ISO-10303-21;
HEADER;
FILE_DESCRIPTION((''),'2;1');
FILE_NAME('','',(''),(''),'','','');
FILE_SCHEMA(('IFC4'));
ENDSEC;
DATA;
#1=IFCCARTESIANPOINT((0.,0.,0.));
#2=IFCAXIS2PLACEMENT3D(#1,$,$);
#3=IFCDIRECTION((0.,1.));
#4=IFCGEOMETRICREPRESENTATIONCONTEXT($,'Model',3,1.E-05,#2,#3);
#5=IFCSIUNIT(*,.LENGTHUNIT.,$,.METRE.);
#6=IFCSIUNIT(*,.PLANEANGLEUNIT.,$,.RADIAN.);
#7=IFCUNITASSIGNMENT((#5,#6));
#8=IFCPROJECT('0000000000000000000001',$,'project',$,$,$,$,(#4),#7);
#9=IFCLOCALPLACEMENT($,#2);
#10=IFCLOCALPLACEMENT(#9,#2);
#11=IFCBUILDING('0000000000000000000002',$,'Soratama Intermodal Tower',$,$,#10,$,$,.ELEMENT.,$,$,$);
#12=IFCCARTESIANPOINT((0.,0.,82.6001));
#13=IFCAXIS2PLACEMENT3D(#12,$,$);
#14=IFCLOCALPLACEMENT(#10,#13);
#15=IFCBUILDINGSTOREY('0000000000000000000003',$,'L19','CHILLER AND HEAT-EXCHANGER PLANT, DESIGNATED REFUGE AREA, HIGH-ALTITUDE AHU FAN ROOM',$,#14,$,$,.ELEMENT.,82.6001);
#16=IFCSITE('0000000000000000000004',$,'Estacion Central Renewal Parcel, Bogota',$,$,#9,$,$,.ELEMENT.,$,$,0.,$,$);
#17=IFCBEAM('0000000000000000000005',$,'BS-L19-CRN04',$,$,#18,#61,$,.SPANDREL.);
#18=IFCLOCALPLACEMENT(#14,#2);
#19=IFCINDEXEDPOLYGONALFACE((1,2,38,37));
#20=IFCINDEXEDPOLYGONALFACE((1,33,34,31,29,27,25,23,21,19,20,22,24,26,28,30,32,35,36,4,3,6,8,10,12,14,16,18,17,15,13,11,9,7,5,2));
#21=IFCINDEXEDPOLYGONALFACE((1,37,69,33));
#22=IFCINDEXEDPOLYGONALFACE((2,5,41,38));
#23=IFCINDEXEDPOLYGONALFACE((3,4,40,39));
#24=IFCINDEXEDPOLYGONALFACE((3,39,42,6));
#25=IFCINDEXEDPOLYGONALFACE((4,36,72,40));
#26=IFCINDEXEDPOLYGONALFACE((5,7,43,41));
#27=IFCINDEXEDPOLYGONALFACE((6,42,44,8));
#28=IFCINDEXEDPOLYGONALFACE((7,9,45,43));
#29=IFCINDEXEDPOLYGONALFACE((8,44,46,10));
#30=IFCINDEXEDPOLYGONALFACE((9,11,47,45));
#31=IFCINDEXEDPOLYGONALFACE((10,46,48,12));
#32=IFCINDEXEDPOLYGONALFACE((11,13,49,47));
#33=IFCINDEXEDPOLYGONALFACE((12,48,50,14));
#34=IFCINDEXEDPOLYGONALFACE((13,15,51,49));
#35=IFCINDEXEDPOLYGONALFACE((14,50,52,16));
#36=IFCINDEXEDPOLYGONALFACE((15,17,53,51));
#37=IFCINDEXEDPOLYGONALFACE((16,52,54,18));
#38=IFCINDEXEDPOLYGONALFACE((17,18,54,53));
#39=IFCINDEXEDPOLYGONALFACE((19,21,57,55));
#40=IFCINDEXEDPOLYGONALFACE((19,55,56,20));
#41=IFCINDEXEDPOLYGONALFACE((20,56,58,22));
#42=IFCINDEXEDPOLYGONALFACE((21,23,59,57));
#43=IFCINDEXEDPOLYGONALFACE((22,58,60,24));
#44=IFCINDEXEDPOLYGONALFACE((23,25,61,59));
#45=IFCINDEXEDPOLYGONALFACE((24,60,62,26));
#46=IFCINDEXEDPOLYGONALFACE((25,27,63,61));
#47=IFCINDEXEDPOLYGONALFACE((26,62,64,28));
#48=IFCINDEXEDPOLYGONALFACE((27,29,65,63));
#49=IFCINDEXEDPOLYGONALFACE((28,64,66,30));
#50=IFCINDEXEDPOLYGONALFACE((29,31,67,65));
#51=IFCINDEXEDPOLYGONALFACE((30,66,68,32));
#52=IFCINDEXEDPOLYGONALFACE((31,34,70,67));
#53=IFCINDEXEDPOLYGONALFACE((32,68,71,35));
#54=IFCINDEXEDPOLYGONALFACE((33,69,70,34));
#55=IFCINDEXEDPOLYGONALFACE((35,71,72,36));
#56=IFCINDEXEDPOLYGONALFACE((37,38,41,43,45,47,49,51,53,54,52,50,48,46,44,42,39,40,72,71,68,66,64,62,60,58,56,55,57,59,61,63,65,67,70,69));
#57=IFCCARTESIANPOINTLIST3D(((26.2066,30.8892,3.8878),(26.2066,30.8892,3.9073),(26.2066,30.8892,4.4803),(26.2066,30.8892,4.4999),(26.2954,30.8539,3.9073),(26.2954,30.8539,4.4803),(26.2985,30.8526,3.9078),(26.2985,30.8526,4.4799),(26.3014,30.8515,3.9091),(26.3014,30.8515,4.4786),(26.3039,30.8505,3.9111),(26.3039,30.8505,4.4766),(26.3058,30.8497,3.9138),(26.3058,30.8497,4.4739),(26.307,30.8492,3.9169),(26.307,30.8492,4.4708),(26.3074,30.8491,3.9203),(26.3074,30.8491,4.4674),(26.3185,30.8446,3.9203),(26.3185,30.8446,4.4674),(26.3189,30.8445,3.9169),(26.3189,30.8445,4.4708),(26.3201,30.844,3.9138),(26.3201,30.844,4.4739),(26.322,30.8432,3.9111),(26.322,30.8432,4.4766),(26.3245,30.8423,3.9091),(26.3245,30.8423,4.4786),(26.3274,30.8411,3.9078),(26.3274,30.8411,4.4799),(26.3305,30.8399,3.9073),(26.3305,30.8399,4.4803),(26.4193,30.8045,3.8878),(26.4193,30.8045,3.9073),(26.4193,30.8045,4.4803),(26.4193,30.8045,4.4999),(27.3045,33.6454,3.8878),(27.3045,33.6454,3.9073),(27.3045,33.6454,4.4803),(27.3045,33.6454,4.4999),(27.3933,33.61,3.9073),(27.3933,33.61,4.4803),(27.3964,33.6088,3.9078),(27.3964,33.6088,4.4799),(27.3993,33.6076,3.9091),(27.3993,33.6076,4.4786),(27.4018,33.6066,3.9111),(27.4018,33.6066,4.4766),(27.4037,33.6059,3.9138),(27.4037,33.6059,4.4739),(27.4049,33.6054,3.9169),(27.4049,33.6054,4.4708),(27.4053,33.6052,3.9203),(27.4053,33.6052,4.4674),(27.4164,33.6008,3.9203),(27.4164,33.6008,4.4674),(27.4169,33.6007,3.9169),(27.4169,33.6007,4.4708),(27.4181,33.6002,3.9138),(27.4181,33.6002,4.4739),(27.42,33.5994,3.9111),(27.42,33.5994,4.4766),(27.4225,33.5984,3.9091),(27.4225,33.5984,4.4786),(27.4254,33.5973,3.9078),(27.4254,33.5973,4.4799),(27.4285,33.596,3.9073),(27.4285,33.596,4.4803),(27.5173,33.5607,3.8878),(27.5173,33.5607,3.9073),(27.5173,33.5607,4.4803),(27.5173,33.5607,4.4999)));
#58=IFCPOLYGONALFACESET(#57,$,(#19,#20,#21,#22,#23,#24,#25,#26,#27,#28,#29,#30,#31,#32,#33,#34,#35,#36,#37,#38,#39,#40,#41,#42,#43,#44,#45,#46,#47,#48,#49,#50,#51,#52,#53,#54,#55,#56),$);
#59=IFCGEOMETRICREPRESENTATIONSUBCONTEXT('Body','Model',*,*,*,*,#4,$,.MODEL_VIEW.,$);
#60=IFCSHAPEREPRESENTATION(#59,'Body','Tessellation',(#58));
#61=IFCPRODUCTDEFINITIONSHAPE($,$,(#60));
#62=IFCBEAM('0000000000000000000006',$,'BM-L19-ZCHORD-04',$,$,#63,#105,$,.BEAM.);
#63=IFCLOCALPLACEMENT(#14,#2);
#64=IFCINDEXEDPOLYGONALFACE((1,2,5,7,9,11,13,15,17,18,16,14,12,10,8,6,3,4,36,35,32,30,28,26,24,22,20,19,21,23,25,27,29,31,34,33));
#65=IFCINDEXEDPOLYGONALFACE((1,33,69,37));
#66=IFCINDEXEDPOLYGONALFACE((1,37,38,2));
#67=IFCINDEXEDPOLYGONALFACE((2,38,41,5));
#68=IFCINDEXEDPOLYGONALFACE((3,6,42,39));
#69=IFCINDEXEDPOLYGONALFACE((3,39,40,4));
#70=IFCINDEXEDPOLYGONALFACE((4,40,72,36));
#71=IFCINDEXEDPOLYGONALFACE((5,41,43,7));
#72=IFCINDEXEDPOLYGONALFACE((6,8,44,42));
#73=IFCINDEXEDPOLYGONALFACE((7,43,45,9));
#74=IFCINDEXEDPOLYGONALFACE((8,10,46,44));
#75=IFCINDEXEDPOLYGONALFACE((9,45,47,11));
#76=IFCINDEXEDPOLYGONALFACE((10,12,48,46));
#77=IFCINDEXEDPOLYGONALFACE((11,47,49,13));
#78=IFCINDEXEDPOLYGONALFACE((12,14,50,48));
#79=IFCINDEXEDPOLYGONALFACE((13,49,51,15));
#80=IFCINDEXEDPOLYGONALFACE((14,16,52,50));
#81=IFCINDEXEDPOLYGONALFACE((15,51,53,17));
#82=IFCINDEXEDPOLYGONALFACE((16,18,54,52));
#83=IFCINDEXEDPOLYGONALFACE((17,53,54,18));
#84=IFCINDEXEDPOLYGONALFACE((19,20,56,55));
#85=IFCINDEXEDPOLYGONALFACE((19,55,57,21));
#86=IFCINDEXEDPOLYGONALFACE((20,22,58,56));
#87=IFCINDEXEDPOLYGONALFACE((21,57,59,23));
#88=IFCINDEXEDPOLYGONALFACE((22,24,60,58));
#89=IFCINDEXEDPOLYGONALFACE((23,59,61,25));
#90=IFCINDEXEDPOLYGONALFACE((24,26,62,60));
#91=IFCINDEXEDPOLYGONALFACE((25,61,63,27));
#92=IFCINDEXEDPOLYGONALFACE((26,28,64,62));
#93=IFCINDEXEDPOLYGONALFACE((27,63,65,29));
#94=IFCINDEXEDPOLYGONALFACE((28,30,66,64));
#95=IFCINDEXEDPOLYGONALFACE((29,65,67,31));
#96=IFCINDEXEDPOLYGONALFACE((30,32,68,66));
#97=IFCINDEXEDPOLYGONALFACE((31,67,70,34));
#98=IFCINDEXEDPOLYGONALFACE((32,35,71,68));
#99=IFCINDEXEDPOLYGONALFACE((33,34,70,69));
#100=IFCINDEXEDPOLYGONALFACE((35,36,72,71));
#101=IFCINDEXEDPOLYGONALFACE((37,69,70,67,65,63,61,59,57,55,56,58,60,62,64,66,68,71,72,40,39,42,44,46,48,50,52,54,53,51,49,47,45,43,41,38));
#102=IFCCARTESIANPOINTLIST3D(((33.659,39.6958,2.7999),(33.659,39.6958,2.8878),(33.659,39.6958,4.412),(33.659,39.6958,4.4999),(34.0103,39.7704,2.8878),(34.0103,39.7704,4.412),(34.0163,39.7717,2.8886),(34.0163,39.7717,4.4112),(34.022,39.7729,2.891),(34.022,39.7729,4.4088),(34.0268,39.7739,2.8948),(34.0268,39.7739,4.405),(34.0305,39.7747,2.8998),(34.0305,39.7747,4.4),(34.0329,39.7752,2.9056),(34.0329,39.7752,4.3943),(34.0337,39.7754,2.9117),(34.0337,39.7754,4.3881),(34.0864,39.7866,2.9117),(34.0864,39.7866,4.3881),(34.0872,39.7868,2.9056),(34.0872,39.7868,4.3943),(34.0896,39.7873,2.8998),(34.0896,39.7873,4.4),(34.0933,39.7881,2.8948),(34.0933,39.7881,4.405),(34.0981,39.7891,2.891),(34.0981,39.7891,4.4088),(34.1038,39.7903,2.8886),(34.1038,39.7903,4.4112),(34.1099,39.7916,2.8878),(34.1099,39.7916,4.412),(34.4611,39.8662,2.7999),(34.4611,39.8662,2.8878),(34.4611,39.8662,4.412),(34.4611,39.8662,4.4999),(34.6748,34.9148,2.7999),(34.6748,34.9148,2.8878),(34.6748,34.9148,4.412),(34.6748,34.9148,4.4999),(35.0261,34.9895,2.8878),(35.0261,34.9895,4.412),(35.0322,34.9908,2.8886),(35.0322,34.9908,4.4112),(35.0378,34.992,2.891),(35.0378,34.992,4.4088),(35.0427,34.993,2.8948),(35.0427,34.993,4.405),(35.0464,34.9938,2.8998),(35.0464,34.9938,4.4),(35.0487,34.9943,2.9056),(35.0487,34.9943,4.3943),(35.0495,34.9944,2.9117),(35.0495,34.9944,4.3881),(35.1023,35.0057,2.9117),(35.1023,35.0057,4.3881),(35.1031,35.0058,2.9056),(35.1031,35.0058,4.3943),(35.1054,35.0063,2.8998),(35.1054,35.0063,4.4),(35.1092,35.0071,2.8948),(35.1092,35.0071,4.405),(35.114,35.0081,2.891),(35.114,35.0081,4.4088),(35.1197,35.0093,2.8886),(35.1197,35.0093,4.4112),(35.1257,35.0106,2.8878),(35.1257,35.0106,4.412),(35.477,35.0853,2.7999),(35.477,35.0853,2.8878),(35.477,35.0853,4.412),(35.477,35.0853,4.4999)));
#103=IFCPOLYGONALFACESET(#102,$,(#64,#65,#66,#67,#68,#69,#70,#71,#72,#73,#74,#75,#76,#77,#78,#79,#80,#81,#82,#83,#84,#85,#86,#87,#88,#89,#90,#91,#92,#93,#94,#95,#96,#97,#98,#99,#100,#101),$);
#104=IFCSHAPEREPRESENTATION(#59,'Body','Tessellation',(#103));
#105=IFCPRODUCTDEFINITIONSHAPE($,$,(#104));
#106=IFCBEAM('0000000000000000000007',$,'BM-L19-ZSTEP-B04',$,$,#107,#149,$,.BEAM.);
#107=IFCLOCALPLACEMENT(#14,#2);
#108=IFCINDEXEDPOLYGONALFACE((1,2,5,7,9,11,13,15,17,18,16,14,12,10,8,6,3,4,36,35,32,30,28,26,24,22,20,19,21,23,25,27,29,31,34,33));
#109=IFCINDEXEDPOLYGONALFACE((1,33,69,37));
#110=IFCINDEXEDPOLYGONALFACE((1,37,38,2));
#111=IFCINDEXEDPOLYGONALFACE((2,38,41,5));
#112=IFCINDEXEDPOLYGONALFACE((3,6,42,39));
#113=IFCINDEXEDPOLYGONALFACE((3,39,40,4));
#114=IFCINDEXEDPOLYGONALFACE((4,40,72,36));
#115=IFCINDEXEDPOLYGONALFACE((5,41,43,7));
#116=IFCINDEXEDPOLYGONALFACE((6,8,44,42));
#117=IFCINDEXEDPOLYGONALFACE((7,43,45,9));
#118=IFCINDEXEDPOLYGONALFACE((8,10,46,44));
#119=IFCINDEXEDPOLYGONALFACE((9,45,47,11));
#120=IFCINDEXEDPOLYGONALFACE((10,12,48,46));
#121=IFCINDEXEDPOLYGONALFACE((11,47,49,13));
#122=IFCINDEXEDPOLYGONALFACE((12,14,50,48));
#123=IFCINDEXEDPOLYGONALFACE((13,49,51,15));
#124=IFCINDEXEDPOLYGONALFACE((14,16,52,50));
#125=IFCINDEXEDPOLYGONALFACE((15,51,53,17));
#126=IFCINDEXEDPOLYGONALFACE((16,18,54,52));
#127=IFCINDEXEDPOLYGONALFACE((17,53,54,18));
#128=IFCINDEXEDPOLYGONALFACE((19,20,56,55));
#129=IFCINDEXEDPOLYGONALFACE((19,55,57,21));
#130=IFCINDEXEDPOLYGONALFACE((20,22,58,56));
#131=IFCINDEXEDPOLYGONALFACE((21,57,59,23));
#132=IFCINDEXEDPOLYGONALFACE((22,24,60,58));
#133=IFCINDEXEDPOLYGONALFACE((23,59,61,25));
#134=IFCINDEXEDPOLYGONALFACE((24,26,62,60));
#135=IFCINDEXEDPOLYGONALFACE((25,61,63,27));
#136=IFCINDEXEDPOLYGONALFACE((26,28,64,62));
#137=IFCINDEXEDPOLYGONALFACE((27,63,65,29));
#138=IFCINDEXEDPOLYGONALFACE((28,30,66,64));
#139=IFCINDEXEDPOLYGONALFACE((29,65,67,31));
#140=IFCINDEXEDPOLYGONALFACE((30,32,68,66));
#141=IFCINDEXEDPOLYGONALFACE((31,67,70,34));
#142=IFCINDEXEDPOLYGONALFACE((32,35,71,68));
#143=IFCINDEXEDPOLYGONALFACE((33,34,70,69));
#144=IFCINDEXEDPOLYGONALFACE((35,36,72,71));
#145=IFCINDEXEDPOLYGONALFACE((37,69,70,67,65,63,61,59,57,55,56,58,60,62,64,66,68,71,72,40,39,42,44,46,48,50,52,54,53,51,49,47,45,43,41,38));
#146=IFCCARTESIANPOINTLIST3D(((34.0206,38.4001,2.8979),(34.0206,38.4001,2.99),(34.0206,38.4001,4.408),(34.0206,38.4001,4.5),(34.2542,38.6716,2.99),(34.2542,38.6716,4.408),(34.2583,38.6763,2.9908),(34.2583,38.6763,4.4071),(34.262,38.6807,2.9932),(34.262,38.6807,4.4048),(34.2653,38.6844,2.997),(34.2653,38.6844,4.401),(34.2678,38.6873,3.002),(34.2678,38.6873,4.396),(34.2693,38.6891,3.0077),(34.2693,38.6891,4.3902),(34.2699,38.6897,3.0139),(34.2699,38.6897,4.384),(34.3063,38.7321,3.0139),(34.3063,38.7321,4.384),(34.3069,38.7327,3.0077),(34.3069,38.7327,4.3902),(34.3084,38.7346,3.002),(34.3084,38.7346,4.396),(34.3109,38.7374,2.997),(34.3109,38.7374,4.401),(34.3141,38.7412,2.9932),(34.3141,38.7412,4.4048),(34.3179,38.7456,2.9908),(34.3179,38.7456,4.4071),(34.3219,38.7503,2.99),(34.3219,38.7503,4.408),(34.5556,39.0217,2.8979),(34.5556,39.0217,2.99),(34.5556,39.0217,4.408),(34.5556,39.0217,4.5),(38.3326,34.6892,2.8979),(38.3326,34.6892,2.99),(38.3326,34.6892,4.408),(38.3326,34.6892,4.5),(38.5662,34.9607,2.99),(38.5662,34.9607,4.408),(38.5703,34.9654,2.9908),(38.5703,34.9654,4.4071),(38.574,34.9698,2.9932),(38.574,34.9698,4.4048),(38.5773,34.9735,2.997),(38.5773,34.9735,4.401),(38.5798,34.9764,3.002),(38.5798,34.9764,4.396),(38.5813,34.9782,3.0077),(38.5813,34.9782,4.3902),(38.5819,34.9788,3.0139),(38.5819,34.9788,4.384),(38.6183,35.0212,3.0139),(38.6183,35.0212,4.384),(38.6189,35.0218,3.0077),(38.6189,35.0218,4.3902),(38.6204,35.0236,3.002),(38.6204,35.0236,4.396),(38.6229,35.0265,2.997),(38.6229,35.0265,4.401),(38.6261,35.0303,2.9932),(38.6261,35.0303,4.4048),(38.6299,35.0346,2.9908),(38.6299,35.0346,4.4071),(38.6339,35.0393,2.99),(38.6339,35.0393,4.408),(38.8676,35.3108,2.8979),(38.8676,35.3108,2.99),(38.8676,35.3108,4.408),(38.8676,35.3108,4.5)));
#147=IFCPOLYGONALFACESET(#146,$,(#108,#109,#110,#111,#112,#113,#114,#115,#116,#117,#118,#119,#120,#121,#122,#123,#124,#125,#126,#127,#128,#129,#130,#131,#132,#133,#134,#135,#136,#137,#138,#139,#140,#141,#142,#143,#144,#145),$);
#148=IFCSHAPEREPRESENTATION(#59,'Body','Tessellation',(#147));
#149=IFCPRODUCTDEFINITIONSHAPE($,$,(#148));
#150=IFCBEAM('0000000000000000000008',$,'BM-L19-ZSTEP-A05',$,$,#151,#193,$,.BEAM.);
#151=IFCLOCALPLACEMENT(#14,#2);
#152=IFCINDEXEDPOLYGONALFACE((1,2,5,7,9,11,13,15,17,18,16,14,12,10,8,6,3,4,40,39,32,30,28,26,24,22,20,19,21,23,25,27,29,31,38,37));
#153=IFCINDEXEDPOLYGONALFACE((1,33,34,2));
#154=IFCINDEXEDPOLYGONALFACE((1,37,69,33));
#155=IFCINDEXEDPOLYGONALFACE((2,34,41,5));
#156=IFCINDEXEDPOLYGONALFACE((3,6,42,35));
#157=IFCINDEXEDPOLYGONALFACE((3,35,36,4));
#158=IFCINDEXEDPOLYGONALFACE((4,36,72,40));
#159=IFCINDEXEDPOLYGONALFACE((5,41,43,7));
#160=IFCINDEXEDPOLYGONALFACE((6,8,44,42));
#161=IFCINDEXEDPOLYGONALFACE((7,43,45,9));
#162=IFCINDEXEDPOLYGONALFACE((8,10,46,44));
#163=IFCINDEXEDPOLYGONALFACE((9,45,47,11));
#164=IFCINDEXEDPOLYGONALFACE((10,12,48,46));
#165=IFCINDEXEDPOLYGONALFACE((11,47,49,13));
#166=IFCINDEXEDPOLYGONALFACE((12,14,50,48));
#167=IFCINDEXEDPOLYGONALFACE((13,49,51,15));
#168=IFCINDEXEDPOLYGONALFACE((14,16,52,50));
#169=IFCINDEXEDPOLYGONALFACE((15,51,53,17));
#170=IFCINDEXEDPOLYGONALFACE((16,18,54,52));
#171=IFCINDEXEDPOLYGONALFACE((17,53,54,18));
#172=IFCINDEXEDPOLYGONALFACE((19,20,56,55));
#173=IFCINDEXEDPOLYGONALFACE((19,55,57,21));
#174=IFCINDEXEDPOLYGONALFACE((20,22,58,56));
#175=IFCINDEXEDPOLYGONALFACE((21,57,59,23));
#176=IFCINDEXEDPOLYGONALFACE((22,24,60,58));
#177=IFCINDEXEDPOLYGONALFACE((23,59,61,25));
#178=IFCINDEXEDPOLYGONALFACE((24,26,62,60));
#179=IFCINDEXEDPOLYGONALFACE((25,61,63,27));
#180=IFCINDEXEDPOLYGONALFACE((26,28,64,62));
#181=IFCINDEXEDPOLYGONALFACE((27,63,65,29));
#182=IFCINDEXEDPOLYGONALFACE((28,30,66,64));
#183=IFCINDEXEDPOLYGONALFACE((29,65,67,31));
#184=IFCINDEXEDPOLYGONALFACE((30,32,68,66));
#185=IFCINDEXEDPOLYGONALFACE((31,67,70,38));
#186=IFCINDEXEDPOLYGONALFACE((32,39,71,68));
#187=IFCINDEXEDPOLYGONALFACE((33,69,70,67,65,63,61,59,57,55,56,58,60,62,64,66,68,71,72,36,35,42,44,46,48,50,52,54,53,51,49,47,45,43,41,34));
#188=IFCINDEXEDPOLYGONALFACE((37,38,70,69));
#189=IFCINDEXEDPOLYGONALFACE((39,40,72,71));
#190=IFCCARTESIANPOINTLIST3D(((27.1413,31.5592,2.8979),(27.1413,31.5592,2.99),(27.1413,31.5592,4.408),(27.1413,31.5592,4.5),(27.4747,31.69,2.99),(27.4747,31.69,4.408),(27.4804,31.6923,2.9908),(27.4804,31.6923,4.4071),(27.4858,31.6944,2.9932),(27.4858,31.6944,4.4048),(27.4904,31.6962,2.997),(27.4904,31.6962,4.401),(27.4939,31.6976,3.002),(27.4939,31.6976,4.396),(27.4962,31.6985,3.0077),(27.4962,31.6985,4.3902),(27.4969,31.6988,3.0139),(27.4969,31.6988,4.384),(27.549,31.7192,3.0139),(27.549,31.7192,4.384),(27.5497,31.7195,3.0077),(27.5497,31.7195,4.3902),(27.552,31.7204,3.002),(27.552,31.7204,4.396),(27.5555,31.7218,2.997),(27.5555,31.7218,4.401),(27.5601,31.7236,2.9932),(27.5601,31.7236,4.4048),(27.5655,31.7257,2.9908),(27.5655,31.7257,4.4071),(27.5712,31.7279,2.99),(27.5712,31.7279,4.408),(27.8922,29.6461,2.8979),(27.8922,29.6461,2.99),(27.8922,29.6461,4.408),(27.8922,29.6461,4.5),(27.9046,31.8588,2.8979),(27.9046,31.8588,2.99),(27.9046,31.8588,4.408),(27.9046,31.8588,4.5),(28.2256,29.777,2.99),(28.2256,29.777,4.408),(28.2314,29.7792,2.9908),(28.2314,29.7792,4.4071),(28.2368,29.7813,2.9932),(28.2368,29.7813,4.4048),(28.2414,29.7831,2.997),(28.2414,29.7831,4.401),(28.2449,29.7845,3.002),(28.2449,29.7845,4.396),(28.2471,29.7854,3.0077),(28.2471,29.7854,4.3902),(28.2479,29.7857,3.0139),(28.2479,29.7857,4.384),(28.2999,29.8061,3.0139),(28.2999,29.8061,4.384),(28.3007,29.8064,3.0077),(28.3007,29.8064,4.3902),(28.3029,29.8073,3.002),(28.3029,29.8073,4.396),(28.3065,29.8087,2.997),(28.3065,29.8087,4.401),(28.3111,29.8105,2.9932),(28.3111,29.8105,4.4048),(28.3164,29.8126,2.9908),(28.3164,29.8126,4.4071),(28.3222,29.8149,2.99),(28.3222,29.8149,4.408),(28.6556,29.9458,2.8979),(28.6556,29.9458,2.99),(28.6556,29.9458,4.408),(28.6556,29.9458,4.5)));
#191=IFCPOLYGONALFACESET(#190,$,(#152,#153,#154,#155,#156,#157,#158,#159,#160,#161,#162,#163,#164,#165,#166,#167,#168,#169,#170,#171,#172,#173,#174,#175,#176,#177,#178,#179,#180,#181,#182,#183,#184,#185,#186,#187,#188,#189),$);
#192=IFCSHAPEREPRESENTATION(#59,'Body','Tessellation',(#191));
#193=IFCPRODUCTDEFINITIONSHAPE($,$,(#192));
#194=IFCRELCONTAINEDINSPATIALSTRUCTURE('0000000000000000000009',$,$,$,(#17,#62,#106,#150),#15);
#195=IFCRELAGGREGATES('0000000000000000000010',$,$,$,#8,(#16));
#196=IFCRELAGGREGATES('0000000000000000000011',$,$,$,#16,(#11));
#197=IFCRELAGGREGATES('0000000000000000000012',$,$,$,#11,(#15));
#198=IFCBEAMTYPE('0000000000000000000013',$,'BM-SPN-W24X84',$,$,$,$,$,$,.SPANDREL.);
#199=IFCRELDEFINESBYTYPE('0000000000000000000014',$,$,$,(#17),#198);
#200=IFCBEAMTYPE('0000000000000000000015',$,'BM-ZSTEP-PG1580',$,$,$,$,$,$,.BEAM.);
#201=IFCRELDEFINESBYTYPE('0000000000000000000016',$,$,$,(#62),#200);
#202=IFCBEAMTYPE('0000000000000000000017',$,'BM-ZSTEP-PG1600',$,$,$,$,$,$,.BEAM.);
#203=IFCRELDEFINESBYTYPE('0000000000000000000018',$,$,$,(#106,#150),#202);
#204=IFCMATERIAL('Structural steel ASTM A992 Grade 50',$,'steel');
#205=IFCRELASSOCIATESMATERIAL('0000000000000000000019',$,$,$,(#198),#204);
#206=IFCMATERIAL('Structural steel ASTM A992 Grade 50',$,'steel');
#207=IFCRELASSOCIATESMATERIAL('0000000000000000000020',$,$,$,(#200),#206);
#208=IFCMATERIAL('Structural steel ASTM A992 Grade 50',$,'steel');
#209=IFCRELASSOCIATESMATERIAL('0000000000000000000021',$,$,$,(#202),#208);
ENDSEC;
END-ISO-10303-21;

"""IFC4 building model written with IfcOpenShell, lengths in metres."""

from ifc_helpers import new_model, si_unit, direction, frame, origin, origin_2d, place, context, subcontext, project, spatial, i_section, extrude, material, material_profile, profile_set, type_object, element, save


model = new_model("IFC4")

# Units and contexts
model_context = context("Model", 3, precision=1e-05, world=origin(), true_north=direction((0.0, 1.0)))
body_context = subcontext(model_context, "Body", "Model", "MODEL_VIEW")
ifc_project = project(units=[si_unit("LENGTHUNIT", "METRE"), si_unit("PLANEANGLEUNIT", "RADIAN")], contexts=[model_context])

# Site, building, storey
site_placement = place(None, origin())
site = spatial("IfcSite", under=ifc_project, at=site_placement, Name="Estacion Central Renewal Parcel, Bogota", CompositionType="ELEMENT", RefElevation=0.0)
building_placement = place(site_placement, origin())
building = spatial("IfcBuilding", under=site, at=building_placement, Name="Soratama Intermodal Tower", CompositionType="ELEMENT")
storey_placement = place(building_placement, frame((0.0, 0.0, 82.6001)))
storey = spatial("IfcBuildingStorey", under=building, at=storey_placement, Name="L19", Description="CHILLER AND HEAT-EXCHANGER PLANT, DESIGNATED REFUGE AREA, HIGH-ALTITUDE AHU FAN ROOM", CompositionType="ELEMENT", Elevation=82.6001)

# Beams
ifc_material_1 = material(Name="Structural steel ASTM A992 Grade 50", Category="steel")
ifc_material_profile_1 = material_profile(ifc_material_1, i_section(OverallWidth=0.229, OverallDepth=0.6121, WebThickness=0.012, FlangeThickness=0.0195, FilletRadius=0.0129, at=origin_2d()), Name="W24X84")
ifc_profile_set_1 = profile_set([ifc_material_profile_1], Name="Structural steel ASTM A992 Grade 50")
beam_type_1 = type_object("IfcBeamType", Name="BM-SPN-W24X84", PredefinedType="SPANDREL", material=ifc_profile_set_1)
beam_1_placement = place(storey_placement, frame((27.4109, 33.603, 4.1938), z_axis=(-0.370071, -0.929004, 0.0), x_axis=(0.929004, -0.370071, 0.0)))
element("IfcBeam", 1, at=beam_1_placement, inside=storey, type_object=beam_type_1, Name="BS-L19-CRN04", PredefinedType="SPANDREL", context=body_context, shape_type="SweptSolid", body=[
    extrude(i_section(OverallWidth=0.229, OverallDepth=0.6121, WebThickness=0.012, FlangeThickness=0.0195, FilletRadius=0.0129, at=origin_2d()), origin(), (0.0, 0.0, 1.0), 2.9668),
])
ifc_material_2 = material(Name="Structural steel ASTM A992 Grade 50", Category="steel")
ifc_material_profile_2 = material_profile(ifc_material_2, i_section(OverallWidth=0.8201, OverallDepth=1.7, WebThickness=0.054, FlangeThickness=0.0879, FilletRadius=0.0239, at=origin_2d()), Name="PG1580X800")
ifc_profile_set_2 = profile_set([ifc_material_profile_2], Name="Structural steel ASTM A992 Grade 50")
beam_type_2 = type_object("IfcBeamType", Name="BM-ZSTEP-PG1580", PredefinedType="BEAM", material=ifc_profile_set_2)
beam_2_placement = place(storey_placement, frame((34.0601, 39.781, 3.6499), z_axis=(0.20784, -0.978163, 0.0), x_axis=(0.978163, 0.20784, 0.0)))
element("IfcBeam", 2, at=beam_2_placement, inside=storey, type_object=beam_type_2, Name="BM-L19-ZCHORD-04", PredefinedType="BEAM", context=body_context, shape_type="SweptSolid", body=[
    extrude(i_section(OverallWidth=0.8201, OverallDepth=1.7, WebThickness=0.054, FlangeThickness=0.0879, FilletRadius=0.0239, at=origin_2d()), origin(), (0.0, 0.0, 1.0), 4.8877),
])
ifc_material_3 = material(Name="Structural steel ASTM A992 Grade 50", Category="steel")
ifc_material_profile_3 = material_profile(ifc_material_3, i_section(OverallWidth=0.8201, OverallDepth=1.6021, WebThickness=0.0559, FlangeThickness=0.092, FilletRadius=0.0239, at=origin_2d()), Name="PG1600X650")
ifc_profile_set_3 = profile_set([ifc_material_profile_3], Name="Structural steel ASTM A992 Grade 50")
beam_type_3 = type_object("IfcBeamType", Name="BM-ZSTEP-PG1600", PredefinedType="BEAM", material=ifc_profile_set_3)
beam_3_placement = place(storey_placement, frame((34.2881, 38.7109, 3.699), z_axis=(0.757959, -0.652303, 0.0), x_axis=(0.652303, 0.757959, 0.0)))
element("IfcBeam", 3, at=beam_3_placement, inside=storey, type_object=beam_type_3, Name="BM-L19-ZSTEP-B04", PredefinedType="BEAM", context=body_context, shape_type="SweptSolid", body=[
    extrude(i_section(OverallWidth=0.8201, OverallDepth=1.6021, WebThickness=0.0559, FlangeThickness=0.092, FilletRadius=0.0239, at=origin_2d()), origin(), (0.0, 0.0, 1.0), 5.689),
])
beam_4_placement = place(storey_placement, frame((27.5229, 31.709, 3.699), z_axis=(0.365402, -0.93085, 0.0), x_axis=(0.93085, 0.365402, 0.0)))
element("IfcBeam", 4, at=beam_4_placement, inside=storey, type_object=beam_type_3, Name="BM-L19-ZSTEP-A05", PredefinedType="BEAM", context=body_context, shape_type="SweptSolid", body=[
    extrude(i_section(OverallWidth=0.8201, OverallDepth=1.6021, WebThickness=0.0559, FlangeThickness=0.092, FilletRadius=0.0239, at=origin_2d()), origin(), (0.0, 0.0, 1.0), 2.0552),
])

save(model, "model.ifc")
